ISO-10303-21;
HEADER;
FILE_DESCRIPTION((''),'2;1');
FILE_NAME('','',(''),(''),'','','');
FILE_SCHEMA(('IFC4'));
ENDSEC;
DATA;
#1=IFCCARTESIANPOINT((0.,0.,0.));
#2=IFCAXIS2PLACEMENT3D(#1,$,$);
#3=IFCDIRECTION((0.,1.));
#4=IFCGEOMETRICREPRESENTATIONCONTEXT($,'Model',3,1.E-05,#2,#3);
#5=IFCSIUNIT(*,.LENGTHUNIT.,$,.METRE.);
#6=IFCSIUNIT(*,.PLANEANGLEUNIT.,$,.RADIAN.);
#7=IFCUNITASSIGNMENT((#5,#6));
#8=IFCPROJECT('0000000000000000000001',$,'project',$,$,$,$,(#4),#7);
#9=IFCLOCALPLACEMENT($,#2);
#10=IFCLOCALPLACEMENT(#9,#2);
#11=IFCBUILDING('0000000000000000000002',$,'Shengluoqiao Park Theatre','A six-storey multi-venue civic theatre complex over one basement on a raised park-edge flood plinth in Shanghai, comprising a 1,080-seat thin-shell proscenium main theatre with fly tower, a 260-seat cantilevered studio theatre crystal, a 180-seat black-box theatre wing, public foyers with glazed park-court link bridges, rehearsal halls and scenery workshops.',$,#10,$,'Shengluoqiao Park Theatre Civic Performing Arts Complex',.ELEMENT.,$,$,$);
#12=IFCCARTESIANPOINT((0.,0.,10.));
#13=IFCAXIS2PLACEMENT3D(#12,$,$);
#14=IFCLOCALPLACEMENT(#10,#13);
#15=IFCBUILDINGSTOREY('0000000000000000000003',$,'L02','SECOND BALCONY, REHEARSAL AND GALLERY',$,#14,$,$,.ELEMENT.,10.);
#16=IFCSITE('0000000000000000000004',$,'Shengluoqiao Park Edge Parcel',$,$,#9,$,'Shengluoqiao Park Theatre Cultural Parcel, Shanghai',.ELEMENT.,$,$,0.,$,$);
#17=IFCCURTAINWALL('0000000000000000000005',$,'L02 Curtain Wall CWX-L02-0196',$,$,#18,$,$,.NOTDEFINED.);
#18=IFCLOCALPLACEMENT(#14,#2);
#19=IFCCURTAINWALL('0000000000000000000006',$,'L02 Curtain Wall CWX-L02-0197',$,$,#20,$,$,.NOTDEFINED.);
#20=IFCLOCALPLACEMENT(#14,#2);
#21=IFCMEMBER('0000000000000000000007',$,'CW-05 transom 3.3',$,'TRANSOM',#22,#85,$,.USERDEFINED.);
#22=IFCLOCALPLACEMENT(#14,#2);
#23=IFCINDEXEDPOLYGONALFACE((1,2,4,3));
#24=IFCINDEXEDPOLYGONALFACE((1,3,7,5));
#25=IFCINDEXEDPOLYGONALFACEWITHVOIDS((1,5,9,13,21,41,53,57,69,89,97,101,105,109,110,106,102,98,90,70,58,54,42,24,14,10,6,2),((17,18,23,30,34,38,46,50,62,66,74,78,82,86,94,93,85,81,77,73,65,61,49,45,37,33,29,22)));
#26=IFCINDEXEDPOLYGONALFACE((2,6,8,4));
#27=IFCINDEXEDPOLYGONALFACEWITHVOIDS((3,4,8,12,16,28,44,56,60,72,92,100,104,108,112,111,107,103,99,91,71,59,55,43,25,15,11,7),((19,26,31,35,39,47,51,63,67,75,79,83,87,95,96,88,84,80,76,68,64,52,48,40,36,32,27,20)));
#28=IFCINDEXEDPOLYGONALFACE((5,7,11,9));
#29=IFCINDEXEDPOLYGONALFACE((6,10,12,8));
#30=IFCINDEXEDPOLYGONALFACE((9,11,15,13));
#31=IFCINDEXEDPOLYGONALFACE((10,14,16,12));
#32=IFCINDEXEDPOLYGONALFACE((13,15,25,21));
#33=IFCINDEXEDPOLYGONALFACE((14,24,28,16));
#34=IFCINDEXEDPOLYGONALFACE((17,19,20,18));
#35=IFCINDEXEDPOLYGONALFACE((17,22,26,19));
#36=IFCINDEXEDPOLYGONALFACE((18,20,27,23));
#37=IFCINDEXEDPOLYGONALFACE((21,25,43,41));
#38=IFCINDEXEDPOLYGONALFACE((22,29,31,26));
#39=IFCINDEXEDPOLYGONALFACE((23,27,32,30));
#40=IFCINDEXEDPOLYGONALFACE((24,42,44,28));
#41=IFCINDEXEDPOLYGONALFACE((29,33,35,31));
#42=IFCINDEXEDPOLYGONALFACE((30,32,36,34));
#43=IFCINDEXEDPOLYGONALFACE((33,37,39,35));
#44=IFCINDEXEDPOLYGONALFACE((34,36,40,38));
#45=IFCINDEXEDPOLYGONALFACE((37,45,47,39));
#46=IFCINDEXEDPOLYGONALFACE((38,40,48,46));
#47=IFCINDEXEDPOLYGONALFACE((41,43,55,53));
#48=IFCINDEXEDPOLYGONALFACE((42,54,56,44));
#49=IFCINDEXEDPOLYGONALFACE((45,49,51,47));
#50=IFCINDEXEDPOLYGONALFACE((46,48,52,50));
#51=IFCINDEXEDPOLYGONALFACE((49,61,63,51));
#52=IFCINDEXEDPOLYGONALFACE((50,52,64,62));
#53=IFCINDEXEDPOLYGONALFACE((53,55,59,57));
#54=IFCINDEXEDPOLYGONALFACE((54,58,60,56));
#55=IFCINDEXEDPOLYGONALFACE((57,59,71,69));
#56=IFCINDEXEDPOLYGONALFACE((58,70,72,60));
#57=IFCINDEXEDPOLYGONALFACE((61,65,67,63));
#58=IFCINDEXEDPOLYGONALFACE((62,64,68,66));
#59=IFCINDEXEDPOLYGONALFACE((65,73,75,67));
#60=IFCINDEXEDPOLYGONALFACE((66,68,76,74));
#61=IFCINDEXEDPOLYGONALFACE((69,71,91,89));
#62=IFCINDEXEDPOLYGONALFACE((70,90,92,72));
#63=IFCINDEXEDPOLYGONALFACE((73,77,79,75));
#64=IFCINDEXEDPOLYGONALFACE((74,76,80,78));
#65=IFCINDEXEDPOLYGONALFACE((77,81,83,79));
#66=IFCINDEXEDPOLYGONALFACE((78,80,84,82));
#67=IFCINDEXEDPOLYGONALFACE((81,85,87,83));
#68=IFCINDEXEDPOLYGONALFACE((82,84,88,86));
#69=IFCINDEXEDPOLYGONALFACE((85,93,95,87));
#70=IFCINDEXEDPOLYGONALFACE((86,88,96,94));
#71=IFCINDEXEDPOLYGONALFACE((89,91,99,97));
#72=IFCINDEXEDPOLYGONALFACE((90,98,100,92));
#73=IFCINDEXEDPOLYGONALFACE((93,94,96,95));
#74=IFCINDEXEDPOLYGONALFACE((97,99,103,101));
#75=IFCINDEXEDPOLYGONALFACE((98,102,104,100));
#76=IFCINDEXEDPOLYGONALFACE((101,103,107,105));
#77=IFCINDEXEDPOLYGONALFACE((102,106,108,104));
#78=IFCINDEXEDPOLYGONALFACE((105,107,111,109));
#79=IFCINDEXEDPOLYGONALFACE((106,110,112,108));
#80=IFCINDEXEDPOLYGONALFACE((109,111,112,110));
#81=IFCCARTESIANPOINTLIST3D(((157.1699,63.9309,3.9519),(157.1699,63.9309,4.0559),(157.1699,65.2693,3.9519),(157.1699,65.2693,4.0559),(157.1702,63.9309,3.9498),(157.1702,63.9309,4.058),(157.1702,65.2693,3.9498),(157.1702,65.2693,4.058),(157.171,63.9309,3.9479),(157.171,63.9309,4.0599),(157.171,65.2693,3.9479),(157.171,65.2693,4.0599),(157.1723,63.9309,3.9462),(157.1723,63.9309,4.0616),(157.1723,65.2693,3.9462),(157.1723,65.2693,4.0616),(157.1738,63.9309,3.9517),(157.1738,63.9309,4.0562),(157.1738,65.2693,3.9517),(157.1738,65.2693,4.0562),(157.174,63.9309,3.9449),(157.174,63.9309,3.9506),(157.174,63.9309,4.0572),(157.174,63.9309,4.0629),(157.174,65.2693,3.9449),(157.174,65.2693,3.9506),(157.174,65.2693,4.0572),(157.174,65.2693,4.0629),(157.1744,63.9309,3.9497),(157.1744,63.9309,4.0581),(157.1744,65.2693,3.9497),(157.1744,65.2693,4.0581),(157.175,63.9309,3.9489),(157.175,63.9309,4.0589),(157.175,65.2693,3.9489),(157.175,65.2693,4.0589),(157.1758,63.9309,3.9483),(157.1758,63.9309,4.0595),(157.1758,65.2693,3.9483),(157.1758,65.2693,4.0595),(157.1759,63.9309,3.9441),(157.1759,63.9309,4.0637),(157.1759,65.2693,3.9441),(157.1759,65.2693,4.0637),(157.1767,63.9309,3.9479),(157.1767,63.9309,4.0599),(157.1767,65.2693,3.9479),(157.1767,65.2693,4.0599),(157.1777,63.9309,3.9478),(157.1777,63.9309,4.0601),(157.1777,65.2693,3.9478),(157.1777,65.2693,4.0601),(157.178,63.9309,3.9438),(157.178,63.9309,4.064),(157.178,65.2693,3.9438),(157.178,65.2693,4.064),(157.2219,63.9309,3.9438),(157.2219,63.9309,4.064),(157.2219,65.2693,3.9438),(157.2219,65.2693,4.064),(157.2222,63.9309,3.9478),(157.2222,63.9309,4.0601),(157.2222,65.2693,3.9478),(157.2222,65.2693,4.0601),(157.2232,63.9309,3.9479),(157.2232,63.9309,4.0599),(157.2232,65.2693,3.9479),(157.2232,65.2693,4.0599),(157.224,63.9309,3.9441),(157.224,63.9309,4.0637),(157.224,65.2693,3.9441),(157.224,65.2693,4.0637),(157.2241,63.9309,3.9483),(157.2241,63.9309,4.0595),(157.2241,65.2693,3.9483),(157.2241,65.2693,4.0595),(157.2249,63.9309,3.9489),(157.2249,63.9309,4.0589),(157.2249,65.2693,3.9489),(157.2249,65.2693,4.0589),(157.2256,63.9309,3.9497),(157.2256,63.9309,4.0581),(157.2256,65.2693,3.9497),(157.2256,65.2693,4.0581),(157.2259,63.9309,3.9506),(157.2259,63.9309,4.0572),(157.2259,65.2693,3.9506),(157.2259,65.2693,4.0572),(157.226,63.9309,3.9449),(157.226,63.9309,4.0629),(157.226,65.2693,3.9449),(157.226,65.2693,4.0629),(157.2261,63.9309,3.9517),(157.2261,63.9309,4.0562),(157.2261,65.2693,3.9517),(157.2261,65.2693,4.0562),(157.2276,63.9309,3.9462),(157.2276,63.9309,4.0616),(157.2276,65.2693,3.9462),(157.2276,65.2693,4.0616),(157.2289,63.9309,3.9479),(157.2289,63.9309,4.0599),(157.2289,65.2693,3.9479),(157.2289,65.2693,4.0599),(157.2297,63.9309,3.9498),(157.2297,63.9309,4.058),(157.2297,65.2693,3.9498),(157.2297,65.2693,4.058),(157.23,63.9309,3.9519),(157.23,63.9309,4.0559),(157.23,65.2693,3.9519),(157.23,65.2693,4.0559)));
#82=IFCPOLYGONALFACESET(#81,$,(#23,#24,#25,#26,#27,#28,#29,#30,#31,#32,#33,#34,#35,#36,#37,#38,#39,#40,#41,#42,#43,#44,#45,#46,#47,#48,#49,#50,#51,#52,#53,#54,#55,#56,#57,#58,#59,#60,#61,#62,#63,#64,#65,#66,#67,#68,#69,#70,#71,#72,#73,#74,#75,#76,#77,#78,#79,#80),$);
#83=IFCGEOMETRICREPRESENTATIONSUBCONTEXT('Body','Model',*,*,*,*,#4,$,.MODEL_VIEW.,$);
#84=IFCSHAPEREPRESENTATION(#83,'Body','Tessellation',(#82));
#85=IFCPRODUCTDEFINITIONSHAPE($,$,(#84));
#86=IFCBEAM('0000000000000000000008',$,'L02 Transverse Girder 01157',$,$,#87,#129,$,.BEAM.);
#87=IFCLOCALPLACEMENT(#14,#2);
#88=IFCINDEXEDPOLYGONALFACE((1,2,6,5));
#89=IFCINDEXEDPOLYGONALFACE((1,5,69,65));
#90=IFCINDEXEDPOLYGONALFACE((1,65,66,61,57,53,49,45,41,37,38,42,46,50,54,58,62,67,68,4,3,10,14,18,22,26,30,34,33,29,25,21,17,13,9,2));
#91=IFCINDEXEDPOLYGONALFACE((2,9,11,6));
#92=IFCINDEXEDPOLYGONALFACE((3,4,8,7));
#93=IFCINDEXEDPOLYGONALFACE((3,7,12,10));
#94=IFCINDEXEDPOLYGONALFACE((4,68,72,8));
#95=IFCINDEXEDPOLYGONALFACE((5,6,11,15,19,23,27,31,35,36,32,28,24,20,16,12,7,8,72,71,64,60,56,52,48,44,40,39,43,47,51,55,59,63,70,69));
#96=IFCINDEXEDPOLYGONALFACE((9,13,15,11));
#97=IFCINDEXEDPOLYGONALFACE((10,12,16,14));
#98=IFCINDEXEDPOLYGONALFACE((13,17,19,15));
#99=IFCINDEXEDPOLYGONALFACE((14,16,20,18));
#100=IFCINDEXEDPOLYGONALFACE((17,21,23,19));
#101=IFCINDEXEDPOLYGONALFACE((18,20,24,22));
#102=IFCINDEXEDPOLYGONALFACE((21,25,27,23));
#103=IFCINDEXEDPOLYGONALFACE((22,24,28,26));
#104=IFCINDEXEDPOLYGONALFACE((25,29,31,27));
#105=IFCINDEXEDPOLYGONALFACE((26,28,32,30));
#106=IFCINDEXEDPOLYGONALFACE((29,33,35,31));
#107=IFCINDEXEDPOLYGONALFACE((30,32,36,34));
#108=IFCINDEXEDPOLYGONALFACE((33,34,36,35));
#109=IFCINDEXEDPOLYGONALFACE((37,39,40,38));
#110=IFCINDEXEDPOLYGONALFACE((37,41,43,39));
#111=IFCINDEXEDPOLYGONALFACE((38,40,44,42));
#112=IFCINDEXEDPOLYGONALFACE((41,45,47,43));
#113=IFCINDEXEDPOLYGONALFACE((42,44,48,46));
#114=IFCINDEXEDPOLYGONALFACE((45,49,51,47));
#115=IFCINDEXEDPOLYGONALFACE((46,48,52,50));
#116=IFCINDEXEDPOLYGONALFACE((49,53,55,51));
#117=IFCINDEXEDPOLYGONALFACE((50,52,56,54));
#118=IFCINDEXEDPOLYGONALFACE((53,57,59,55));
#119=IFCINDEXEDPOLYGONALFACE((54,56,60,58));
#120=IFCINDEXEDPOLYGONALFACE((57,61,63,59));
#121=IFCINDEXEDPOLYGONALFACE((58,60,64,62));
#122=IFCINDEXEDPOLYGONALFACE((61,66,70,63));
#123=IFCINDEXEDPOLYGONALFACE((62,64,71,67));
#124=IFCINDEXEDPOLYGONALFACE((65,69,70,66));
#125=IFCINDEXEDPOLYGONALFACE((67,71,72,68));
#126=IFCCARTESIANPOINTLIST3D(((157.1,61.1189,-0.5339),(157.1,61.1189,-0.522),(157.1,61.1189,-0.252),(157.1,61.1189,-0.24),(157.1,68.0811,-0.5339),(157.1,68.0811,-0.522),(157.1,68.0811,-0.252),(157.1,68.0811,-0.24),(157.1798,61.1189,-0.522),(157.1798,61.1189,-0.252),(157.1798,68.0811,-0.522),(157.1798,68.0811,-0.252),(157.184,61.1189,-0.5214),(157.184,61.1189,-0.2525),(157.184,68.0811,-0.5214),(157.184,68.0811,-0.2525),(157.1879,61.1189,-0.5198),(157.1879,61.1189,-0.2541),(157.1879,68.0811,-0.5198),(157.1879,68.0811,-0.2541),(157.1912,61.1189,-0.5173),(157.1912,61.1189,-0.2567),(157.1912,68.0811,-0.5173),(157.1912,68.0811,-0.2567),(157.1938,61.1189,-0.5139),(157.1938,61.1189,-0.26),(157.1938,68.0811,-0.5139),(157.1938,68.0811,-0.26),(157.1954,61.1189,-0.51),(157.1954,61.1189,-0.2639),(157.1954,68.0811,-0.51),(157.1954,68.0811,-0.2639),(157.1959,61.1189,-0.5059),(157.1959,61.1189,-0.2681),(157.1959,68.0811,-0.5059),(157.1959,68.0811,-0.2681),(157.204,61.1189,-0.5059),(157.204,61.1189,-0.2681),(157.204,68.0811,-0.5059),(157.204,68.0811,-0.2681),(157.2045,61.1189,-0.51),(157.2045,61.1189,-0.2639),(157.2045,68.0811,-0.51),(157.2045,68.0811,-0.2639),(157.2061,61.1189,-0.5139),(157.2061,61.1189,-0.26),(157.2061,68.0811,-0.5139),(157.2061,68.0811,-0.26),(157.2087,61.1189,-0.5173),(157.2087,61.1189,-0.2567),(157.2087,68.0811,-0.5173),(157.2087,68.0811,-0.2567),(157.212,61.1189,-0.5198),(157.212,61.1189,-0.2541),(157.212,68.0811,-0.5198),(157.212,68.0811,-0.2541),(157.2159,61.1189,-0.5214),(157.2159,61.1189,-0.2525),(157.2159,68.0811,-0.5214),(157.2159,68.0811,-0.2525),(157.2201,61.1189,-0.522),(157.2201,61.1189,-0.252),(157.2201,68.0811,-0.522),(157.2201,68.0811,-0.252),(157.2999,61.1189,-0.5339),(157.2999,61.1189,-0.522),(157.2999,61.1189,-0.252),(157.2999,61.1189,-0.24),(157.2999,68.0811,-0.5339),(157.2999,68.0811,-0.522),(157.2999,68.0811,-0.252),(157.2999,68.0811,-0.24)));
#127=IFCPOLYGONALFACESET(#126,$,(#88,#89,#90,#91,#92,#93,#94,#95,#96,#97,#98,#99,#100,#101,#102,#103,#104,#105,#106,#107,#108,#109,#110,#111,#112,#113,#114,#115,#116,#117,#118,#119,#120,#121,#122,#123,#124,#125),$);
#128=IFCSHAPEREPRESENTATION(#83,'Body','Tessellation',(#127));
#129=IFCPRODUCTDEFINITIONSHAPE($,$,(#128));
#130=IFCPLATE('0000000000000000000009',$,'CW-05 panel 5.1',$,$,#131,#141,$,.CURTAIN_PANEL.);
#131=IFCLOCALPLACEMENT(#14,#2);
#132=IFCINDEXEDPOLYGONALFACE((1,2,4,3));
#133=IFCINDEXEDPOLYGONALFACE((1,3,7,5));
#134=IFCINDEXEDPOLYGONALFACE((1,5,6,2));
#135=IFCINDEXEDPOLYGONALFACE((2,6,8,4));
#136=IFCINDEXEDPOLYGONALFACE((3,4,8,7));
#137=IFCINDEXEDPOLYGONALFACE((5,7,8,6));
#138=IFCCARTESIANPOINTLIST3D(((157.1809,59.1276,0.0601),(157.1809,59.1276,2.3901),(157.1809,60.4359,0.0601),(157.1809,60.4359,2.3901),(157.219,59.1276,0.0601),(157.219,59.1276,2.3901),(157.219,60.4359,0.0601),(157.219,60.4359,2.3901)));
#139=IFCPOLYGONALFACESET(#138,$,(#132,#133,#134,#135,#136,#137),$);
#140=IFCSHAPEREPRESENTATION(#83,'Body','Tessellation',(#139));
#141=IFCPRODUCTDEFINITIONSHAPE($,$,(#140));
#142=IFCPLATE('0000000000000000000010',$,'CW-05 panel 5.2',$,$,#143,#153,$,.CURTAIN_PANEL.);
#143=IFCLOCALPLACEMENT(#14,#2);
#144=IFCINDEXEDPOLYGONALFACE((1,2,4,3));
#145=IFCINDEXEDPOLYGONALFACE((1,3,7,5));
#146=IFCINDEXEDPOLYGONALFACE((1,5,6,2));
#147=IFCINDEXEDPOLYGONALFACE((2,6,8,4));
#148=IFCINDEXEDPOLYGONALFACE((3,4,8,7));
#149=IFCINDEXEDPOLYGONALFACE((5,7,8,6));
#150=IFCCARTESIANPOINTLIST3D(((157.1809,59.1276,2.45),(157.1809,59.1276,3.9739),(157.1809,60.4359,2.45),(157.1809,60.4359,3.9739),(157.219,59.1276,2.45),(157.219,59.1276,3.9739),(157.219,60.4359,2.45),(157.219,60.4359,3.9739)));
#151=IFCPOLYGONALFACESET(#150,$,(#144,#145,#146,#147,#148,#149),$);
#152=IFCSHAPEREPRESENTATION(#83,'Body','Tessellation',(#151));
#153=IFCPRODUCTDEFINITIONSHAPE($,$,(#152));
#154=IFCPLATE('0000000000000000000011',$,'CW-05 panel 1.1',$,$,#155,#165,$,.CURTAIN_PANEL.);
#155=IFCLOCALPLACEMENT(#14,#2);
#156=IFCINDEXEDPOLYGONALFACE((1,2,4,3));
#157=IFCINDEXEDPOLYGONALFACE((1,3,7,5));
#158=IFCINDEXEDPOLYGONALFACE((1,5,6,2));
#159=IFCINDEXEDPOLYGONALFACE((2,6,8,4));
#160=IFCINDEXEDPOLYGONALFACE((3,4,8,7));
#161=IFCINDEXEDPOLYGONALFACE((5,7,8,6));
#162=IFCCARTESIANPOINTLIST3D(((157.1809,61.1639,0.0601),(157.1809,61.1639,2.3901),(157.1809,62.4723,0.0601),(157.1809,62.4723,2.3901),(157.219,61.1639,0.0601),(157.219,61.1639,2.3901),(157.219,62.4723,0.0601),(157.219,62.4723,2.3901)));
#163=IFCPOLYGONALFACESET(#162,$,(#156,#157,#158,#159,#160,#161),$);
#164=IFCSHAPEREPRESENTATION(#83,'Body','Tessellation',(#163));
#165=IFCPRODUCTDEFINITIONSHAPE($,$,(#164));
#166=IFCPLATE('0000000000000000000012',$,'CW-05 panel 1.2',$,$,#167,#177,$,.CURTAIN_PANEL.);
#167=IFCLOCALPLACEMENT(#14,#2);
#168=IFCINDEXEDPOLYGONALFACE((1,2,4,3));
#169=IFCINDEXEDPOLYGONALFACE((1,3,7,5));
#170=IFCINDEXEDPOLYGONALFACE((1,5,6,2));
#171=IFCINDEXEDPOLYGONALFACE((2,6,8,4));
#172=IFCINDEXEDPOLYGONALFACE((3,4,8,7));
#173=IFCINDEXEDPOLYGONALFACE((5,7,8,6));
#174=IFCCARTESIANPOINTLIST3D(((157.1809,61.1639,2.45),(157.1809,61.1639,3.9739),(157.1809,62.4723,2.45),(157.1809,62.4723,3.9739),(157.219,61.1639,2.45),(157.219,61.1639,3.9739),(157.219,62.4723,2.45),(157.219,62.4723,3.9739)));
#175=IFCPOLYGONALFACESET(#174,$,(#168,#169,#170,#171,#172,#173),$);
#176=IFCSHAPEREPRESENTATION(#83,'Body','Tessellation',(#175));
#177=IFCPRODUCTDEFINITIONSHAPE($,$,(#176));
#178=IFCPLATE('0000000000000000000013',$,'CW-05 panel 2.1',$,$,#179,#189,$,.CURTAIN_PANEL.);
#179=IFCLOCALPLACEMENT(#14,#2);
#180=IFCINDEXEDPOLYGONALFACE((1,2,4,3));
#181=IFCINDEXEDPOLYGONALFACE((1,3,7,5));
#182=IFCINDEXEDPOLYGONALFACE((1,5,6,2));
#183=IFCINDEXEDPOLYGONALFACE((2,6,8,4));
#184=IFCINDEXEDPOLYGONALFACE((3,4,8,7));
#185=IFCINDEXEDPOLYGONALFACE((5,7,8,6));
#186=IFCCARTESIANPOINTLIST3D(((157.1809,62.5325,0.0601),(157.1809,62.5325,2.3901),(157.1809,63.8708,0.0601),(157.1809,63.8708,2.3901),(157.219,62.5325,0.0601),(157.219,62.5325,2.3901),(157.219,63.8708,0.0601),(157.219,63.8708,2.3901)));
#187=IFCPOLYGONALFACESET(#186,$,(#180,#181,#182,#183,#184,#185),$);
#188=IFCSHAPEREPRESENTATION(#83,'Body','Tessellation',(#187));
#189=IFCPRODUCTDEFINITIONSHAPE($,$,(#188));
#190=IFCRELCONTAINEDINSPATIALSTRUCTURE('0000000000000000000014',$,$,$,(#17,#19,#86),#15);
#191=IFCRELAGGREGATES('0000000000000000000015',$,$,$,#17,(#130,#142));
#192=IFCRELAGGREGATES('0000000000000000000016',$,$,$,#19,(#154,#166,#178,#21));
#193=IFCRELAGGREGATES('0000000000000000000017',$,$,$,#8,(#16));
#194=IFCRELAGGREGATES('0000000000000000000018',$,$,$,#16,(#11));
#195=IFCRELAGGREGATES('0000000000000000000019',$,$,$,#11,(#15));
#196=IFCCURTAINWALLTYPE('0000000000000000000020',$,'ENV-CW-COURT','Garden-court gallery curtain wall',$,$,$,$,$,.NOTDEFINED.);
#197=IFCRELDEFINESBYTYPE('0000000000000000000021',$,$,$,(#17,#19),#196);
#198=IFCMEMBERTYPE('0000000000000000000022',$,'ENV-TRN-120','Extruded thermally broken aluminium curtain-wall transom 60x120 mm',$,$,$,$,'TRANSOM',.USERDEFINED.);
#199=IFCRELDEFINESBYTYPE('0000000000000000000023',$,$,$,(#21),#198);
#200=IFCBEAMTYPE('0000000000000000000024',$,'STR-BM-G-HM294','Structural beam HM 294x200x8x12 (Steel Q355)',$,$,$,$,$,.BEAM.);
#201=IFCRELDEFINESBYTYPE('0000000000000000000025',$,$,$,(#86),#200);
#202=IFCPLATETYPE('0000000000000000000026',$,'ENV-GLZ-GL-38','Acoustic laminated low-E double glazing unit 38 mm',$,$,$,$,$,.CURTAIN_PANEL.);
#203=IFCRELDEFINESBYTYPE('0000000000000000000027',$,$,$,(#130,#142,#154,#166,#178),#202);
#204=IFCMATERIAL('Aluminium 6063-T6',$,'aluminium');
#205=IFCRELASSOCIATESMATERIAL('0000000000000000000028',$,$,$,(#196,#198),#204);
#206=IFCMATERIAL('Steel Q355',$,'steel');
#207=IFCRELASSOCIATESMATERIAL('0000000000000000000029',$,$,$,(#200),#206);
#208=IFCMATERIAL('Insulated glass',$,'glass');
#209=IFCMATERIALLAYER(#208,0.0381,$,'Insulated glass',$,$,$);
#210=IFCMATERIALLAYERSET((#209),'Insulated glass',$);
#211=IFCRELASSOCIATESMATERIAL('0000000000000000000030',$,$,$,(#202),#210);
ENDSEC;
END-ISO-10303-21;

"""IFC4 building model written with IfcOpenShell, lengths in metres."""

from ifc_helpers import new_model, si_unit, direction, frame, origin, origin_2d, place, context, subcontext, project, spatial, rectangle, hollow_rectangle, i_section, extrude, material, layer, layer_set, material_profile, profile_set, type_object, element, aggregate, save


model = new_model("IFC4")

# Units and contexts
model_context = context("Model", 3, precision=1e-05, world=origin(), true_north=direction((0.0, 1.0)))
body_context = subcontext(model_context, "Body", "Model", "MODEL_VIEW")
ifc_project = project(units=[si_unit("LENGTHUNIT", "METRE"), si_unit("PLANEANGLEUNIT", "RADIAN")], contexts=[model_context])

# Site, building, storey
site_placement = place(None, origin())
site = spatial("IfcSite", under=ifc_project, at=site_placement, Name="Shengluoqiao Park Edge Parcel", LongName="Shengluoqiao Park Theatre Cultural Parcel, Shanghai", CompositionType="ELEMENT", RefElevation=0.0)
building_placement = place(site_placement, origin())
building = spatial("IfcBuilding", under=site, at=building_placement, Name="Shengluoqiao Park Theatre", Description="A six-storey multi-venue civic theatre complex over one basement on a raised park-edge flood plinth in Shanghai, comprising a 1,080-seat thin-shell proscenium main theatre with fly tower, a 260-seat cantilevered studio theatre crystal, a 180-seat black-box theatre wing, public foyers with glazed park-court link bridges, rehearsal halls and scenery workshops.", LongName="Shengluoqiao Park Theatre Civic Performing Arts Complex", CompositionType="ELEMENT")
storey_placement = place(building_placement, frame((0.0, 0.0, 10.0)))
storey = spatial("IfcBuildingStorey", under=building, at=storey_placement, Name="L02", Description="SECOND BALCONY, REHEARSAL AND GALLERY", CompositionType="ELEMENT", Elevation=10.0)

# Curtain wall
ifc_material_1 = material(Name="Aluminium 6063-T6", Category="aluminium")
curtain_wall_type = type_object("IfcCurtainWallType", Name="ENV-CW-COURT", Description="Garden-court gallery curtain wall", PredefinedType="NOTDEFINED", material=ifc_material_1)
curtain_wall_1_placement = place(storey_placement, origin())
curtain_wall_1 = element("IfcCurtainWall", 1, at=curtain_wall_1_placement, inside=storey, type_object=curtain_wall_type, Name="L02 Curtain Wall CWX-L02-0196", PredefinedType="NOTDEFINED")

# Curtain wall, member
curtain_wall_2_placement = place(storey_placement, origin())
curtain_wall_2 = element("IfcCurtainWall", 2, at=curtain_wall_2_placement, inside=storey, type_object=curtain_wall_type, Name="L02 Curtain Wall CWX-L02-0197", PredefinedType="NOTDEFINED")
ifc_material_profile_1 = material_profile(ifc_material_1, hollow_rectangle(XDim=0.0601, YDim=0.1201, WallThickness=0.0039, InnerFilletRadius=0.0039, OuterFilletRadius=0.0081, at=origin_2d()), Name="ALU TRANSOM 120x60x4")
ifc_profile_set_1 = profile_set([ifc_material_profile_1], Name="Aluminium 6063-T6")
member_type_1 = type_object("IfcMemberType", Name="ENV-TRN-120", Description="Extruded thermally broken aluminium curtain-wall transom 60x120 mm", ElementType="TRANSOM", PredefinedType="USERDEFINED", material=ifc_profile_set_1)
member_1_placement = place(storey_placement, frame((157.2, 63.9309, 4.0039), z_axis=(0.0, 1.0, 0.0), x_axis=(-1.0, 0.0, 0.0)))
member_1 = element("IfcMember", 3, at=member_1_placement, type_object=member_type_1, Name="CW-05 transom 3.3", ObjectType="TRANSOM", PredefinedType="USERDEFINED", context=body_context, shape_type="SweptSolid", body=[
    extrude(hollow_rectangle(XDim=0.0601, YDim=0.1201, WallThickness=0.0039, InnerFilletRadius=0.0039, OuterFilletRadius=0.0081, at=origin_2d()), origin(), (0.0, 0.0, 1.0), 1.3384),
])

# Beam
ifc_material_2 = material(Name="Steel Q355", Category="steel")
ifc_material_profile_2 = material_profile(ifc_material_2, i_section(OverallWidth=0.2, OverallDepth=0.2939, WebThickness=0.0081, FlangeThickness=0.012, FilletRadius=0.0161, at=origin_2d()), Name="HM 294x200x8x12")
ifc_profile_set_2 = profile_set([ifc_material_profile_2], Name="Steel Q355")
beam_type = type_object("IfcBeamType", Name="STR-BM-G-HM294", Description="Structural beam HM 294x200x8x12 (Steel Q355)", PredefinedType="BEAM", material=ifc_profile_set_2)
beam_placement = place(storey_placement, frame((157.2, 61.1189, -0.387), z_axis=(0.0, 1.0, 0.0), x_axis=(-1.0, 0.0, 0.0)))
element("IfcBeam", 4, at=beam_placement, inside=storey, type_object=beam_type, Name="L02 Transverse Girder 01157", PredefinedType="BEAM", context=body_context, shape_type="SweptSolid", body=[
    extrude(i_section(OverallWidth=0.2, OverallDepth=0.2939, WebThickness=0.0081, FlangeThickness=0.012, FilletRadius=0.0161, at=origin_2d()), origin(), (0.0, 0.0, 1.0), 6.9622),
])

# Plates
ifc_material_3 = material(Name="Insulated glass", Category="glass")
ifc_layer = layer(ifc_material_3, 0.0381, Name="Insulated glass")
ifc_layer_set = layer_set([ifc_layer], Name="Insulated glass")
plate_type = type_object("IfcPlateType", Name="ENV-GLZ-GL-38", Description="Acoustic laminated low-E double glazing unit 38 mm", PredefinedType="CURTAIN_PANEL", material=ifc_layer_set)
plate_1_placement = place(storey_placement, frame((157.2, 59.7817, 0.0601), z_axis=(0.0, 0.0, 1.0), x_axis=(0.0, 1.0, 0.0)))
plate_1 = element("IfcPlate", 5, at=plate_1_placement, type_object=plate_type, Name="CW-05 panel 5.1", PredefinedType="CURTAIN_PANEL", context=body_context, shape_type="SweptSolid", body=[
    extrude(rectangle(XDim=1.3083, YDim=0.0381, at=origin_2d()), origin(), (0.0, 0.0, 1.0), 2.3301),
])
plate_2_placement = place(storey_placement, frame((157.2, 59.7817, 2.45), z_axis=(0.0, 0.0, 1.0), x_axis=(0.0, 1.0, 0.0)))
plate_2 = element("IfcPlate", 6, at=plate_2_placement, type_object=plate_type, Name="CW-05 panel 5.2", PredefinedType="CURTAIN_PANEL", context=body_context, shape_type="SweptSolid", body=[
    extrude(rectangle(XDim=1.3083, YDim=0.0381, at=origin_2d()), origin(), (0.0, 0.0, 1.0), 1.5239),
])
aggregate(curtain_wall_1, [plate_1, plate_2])
plate_3_placement = place(storey_placement, frame((157.2, 61.8181, 0.0601), z_axis=(0.0, 0.0, 1.0), x_axis=(0.0, 1.0, 0.0)))
plate_3 = element("IfcPlate", 7, at=plate_3_placement, type_object=plate_type, Name="CW-05 panel 1.1", PredefinedType="CURTAIN_PANEL", context=body_context, shape_type="SweptSolid", body=[
    extrude(rectangle(XDim=1.3083, YDim=0.0381, at=origin_2d()), origin(), (0.0, 0.0, 1.0), 2.3301),
])
plate_4_placement = place(storey_placement, frame((157.2, 61.8181, 2.45), z_axis=(0.0, 0.0, 1.0), x_axis=(0.0, 1.0, 0.0)))
plate_4 = element("IfcPlate", 8, at=plate_4_placement, type_object=plate_type, Name="CW-05 panel 1.2", PredefinedType="CURTAIN_PANEL", context=body_context, shape_type="SweptSolid", body=[
    extrude(rectangle(XDim=1.3083, YDim=0.0381, at=origin_2d()), origin(), (0.0, 0.0, 1.0), 1.5239),
])
plate_5_placement = place(storey_placement, frame((157.2, 63.2017, 0.0601), z_axis=(0.0, 0.0, 1.0), x_axis=(0.0, 1.0, 0.0)))
plate_5 = element("IfcPlate", 9, at=plate_5_placement, type_object=plate_type, Name="CW-05 panel 2.1", PredefinedType="CURTAIN_PANEL", context=body_context, shape_type="SweptSolid", body=[
    extrude(rectangle(XDim=1.3384, YDim=0.0381, at=origin_2d()), origin(), (0.0, 0.0, 1.0), 2.3301),
])
aggregate(curtain_wall_2, [plate_3, plate_4, plate_5, member_1])

save(model, "model.ifc")
